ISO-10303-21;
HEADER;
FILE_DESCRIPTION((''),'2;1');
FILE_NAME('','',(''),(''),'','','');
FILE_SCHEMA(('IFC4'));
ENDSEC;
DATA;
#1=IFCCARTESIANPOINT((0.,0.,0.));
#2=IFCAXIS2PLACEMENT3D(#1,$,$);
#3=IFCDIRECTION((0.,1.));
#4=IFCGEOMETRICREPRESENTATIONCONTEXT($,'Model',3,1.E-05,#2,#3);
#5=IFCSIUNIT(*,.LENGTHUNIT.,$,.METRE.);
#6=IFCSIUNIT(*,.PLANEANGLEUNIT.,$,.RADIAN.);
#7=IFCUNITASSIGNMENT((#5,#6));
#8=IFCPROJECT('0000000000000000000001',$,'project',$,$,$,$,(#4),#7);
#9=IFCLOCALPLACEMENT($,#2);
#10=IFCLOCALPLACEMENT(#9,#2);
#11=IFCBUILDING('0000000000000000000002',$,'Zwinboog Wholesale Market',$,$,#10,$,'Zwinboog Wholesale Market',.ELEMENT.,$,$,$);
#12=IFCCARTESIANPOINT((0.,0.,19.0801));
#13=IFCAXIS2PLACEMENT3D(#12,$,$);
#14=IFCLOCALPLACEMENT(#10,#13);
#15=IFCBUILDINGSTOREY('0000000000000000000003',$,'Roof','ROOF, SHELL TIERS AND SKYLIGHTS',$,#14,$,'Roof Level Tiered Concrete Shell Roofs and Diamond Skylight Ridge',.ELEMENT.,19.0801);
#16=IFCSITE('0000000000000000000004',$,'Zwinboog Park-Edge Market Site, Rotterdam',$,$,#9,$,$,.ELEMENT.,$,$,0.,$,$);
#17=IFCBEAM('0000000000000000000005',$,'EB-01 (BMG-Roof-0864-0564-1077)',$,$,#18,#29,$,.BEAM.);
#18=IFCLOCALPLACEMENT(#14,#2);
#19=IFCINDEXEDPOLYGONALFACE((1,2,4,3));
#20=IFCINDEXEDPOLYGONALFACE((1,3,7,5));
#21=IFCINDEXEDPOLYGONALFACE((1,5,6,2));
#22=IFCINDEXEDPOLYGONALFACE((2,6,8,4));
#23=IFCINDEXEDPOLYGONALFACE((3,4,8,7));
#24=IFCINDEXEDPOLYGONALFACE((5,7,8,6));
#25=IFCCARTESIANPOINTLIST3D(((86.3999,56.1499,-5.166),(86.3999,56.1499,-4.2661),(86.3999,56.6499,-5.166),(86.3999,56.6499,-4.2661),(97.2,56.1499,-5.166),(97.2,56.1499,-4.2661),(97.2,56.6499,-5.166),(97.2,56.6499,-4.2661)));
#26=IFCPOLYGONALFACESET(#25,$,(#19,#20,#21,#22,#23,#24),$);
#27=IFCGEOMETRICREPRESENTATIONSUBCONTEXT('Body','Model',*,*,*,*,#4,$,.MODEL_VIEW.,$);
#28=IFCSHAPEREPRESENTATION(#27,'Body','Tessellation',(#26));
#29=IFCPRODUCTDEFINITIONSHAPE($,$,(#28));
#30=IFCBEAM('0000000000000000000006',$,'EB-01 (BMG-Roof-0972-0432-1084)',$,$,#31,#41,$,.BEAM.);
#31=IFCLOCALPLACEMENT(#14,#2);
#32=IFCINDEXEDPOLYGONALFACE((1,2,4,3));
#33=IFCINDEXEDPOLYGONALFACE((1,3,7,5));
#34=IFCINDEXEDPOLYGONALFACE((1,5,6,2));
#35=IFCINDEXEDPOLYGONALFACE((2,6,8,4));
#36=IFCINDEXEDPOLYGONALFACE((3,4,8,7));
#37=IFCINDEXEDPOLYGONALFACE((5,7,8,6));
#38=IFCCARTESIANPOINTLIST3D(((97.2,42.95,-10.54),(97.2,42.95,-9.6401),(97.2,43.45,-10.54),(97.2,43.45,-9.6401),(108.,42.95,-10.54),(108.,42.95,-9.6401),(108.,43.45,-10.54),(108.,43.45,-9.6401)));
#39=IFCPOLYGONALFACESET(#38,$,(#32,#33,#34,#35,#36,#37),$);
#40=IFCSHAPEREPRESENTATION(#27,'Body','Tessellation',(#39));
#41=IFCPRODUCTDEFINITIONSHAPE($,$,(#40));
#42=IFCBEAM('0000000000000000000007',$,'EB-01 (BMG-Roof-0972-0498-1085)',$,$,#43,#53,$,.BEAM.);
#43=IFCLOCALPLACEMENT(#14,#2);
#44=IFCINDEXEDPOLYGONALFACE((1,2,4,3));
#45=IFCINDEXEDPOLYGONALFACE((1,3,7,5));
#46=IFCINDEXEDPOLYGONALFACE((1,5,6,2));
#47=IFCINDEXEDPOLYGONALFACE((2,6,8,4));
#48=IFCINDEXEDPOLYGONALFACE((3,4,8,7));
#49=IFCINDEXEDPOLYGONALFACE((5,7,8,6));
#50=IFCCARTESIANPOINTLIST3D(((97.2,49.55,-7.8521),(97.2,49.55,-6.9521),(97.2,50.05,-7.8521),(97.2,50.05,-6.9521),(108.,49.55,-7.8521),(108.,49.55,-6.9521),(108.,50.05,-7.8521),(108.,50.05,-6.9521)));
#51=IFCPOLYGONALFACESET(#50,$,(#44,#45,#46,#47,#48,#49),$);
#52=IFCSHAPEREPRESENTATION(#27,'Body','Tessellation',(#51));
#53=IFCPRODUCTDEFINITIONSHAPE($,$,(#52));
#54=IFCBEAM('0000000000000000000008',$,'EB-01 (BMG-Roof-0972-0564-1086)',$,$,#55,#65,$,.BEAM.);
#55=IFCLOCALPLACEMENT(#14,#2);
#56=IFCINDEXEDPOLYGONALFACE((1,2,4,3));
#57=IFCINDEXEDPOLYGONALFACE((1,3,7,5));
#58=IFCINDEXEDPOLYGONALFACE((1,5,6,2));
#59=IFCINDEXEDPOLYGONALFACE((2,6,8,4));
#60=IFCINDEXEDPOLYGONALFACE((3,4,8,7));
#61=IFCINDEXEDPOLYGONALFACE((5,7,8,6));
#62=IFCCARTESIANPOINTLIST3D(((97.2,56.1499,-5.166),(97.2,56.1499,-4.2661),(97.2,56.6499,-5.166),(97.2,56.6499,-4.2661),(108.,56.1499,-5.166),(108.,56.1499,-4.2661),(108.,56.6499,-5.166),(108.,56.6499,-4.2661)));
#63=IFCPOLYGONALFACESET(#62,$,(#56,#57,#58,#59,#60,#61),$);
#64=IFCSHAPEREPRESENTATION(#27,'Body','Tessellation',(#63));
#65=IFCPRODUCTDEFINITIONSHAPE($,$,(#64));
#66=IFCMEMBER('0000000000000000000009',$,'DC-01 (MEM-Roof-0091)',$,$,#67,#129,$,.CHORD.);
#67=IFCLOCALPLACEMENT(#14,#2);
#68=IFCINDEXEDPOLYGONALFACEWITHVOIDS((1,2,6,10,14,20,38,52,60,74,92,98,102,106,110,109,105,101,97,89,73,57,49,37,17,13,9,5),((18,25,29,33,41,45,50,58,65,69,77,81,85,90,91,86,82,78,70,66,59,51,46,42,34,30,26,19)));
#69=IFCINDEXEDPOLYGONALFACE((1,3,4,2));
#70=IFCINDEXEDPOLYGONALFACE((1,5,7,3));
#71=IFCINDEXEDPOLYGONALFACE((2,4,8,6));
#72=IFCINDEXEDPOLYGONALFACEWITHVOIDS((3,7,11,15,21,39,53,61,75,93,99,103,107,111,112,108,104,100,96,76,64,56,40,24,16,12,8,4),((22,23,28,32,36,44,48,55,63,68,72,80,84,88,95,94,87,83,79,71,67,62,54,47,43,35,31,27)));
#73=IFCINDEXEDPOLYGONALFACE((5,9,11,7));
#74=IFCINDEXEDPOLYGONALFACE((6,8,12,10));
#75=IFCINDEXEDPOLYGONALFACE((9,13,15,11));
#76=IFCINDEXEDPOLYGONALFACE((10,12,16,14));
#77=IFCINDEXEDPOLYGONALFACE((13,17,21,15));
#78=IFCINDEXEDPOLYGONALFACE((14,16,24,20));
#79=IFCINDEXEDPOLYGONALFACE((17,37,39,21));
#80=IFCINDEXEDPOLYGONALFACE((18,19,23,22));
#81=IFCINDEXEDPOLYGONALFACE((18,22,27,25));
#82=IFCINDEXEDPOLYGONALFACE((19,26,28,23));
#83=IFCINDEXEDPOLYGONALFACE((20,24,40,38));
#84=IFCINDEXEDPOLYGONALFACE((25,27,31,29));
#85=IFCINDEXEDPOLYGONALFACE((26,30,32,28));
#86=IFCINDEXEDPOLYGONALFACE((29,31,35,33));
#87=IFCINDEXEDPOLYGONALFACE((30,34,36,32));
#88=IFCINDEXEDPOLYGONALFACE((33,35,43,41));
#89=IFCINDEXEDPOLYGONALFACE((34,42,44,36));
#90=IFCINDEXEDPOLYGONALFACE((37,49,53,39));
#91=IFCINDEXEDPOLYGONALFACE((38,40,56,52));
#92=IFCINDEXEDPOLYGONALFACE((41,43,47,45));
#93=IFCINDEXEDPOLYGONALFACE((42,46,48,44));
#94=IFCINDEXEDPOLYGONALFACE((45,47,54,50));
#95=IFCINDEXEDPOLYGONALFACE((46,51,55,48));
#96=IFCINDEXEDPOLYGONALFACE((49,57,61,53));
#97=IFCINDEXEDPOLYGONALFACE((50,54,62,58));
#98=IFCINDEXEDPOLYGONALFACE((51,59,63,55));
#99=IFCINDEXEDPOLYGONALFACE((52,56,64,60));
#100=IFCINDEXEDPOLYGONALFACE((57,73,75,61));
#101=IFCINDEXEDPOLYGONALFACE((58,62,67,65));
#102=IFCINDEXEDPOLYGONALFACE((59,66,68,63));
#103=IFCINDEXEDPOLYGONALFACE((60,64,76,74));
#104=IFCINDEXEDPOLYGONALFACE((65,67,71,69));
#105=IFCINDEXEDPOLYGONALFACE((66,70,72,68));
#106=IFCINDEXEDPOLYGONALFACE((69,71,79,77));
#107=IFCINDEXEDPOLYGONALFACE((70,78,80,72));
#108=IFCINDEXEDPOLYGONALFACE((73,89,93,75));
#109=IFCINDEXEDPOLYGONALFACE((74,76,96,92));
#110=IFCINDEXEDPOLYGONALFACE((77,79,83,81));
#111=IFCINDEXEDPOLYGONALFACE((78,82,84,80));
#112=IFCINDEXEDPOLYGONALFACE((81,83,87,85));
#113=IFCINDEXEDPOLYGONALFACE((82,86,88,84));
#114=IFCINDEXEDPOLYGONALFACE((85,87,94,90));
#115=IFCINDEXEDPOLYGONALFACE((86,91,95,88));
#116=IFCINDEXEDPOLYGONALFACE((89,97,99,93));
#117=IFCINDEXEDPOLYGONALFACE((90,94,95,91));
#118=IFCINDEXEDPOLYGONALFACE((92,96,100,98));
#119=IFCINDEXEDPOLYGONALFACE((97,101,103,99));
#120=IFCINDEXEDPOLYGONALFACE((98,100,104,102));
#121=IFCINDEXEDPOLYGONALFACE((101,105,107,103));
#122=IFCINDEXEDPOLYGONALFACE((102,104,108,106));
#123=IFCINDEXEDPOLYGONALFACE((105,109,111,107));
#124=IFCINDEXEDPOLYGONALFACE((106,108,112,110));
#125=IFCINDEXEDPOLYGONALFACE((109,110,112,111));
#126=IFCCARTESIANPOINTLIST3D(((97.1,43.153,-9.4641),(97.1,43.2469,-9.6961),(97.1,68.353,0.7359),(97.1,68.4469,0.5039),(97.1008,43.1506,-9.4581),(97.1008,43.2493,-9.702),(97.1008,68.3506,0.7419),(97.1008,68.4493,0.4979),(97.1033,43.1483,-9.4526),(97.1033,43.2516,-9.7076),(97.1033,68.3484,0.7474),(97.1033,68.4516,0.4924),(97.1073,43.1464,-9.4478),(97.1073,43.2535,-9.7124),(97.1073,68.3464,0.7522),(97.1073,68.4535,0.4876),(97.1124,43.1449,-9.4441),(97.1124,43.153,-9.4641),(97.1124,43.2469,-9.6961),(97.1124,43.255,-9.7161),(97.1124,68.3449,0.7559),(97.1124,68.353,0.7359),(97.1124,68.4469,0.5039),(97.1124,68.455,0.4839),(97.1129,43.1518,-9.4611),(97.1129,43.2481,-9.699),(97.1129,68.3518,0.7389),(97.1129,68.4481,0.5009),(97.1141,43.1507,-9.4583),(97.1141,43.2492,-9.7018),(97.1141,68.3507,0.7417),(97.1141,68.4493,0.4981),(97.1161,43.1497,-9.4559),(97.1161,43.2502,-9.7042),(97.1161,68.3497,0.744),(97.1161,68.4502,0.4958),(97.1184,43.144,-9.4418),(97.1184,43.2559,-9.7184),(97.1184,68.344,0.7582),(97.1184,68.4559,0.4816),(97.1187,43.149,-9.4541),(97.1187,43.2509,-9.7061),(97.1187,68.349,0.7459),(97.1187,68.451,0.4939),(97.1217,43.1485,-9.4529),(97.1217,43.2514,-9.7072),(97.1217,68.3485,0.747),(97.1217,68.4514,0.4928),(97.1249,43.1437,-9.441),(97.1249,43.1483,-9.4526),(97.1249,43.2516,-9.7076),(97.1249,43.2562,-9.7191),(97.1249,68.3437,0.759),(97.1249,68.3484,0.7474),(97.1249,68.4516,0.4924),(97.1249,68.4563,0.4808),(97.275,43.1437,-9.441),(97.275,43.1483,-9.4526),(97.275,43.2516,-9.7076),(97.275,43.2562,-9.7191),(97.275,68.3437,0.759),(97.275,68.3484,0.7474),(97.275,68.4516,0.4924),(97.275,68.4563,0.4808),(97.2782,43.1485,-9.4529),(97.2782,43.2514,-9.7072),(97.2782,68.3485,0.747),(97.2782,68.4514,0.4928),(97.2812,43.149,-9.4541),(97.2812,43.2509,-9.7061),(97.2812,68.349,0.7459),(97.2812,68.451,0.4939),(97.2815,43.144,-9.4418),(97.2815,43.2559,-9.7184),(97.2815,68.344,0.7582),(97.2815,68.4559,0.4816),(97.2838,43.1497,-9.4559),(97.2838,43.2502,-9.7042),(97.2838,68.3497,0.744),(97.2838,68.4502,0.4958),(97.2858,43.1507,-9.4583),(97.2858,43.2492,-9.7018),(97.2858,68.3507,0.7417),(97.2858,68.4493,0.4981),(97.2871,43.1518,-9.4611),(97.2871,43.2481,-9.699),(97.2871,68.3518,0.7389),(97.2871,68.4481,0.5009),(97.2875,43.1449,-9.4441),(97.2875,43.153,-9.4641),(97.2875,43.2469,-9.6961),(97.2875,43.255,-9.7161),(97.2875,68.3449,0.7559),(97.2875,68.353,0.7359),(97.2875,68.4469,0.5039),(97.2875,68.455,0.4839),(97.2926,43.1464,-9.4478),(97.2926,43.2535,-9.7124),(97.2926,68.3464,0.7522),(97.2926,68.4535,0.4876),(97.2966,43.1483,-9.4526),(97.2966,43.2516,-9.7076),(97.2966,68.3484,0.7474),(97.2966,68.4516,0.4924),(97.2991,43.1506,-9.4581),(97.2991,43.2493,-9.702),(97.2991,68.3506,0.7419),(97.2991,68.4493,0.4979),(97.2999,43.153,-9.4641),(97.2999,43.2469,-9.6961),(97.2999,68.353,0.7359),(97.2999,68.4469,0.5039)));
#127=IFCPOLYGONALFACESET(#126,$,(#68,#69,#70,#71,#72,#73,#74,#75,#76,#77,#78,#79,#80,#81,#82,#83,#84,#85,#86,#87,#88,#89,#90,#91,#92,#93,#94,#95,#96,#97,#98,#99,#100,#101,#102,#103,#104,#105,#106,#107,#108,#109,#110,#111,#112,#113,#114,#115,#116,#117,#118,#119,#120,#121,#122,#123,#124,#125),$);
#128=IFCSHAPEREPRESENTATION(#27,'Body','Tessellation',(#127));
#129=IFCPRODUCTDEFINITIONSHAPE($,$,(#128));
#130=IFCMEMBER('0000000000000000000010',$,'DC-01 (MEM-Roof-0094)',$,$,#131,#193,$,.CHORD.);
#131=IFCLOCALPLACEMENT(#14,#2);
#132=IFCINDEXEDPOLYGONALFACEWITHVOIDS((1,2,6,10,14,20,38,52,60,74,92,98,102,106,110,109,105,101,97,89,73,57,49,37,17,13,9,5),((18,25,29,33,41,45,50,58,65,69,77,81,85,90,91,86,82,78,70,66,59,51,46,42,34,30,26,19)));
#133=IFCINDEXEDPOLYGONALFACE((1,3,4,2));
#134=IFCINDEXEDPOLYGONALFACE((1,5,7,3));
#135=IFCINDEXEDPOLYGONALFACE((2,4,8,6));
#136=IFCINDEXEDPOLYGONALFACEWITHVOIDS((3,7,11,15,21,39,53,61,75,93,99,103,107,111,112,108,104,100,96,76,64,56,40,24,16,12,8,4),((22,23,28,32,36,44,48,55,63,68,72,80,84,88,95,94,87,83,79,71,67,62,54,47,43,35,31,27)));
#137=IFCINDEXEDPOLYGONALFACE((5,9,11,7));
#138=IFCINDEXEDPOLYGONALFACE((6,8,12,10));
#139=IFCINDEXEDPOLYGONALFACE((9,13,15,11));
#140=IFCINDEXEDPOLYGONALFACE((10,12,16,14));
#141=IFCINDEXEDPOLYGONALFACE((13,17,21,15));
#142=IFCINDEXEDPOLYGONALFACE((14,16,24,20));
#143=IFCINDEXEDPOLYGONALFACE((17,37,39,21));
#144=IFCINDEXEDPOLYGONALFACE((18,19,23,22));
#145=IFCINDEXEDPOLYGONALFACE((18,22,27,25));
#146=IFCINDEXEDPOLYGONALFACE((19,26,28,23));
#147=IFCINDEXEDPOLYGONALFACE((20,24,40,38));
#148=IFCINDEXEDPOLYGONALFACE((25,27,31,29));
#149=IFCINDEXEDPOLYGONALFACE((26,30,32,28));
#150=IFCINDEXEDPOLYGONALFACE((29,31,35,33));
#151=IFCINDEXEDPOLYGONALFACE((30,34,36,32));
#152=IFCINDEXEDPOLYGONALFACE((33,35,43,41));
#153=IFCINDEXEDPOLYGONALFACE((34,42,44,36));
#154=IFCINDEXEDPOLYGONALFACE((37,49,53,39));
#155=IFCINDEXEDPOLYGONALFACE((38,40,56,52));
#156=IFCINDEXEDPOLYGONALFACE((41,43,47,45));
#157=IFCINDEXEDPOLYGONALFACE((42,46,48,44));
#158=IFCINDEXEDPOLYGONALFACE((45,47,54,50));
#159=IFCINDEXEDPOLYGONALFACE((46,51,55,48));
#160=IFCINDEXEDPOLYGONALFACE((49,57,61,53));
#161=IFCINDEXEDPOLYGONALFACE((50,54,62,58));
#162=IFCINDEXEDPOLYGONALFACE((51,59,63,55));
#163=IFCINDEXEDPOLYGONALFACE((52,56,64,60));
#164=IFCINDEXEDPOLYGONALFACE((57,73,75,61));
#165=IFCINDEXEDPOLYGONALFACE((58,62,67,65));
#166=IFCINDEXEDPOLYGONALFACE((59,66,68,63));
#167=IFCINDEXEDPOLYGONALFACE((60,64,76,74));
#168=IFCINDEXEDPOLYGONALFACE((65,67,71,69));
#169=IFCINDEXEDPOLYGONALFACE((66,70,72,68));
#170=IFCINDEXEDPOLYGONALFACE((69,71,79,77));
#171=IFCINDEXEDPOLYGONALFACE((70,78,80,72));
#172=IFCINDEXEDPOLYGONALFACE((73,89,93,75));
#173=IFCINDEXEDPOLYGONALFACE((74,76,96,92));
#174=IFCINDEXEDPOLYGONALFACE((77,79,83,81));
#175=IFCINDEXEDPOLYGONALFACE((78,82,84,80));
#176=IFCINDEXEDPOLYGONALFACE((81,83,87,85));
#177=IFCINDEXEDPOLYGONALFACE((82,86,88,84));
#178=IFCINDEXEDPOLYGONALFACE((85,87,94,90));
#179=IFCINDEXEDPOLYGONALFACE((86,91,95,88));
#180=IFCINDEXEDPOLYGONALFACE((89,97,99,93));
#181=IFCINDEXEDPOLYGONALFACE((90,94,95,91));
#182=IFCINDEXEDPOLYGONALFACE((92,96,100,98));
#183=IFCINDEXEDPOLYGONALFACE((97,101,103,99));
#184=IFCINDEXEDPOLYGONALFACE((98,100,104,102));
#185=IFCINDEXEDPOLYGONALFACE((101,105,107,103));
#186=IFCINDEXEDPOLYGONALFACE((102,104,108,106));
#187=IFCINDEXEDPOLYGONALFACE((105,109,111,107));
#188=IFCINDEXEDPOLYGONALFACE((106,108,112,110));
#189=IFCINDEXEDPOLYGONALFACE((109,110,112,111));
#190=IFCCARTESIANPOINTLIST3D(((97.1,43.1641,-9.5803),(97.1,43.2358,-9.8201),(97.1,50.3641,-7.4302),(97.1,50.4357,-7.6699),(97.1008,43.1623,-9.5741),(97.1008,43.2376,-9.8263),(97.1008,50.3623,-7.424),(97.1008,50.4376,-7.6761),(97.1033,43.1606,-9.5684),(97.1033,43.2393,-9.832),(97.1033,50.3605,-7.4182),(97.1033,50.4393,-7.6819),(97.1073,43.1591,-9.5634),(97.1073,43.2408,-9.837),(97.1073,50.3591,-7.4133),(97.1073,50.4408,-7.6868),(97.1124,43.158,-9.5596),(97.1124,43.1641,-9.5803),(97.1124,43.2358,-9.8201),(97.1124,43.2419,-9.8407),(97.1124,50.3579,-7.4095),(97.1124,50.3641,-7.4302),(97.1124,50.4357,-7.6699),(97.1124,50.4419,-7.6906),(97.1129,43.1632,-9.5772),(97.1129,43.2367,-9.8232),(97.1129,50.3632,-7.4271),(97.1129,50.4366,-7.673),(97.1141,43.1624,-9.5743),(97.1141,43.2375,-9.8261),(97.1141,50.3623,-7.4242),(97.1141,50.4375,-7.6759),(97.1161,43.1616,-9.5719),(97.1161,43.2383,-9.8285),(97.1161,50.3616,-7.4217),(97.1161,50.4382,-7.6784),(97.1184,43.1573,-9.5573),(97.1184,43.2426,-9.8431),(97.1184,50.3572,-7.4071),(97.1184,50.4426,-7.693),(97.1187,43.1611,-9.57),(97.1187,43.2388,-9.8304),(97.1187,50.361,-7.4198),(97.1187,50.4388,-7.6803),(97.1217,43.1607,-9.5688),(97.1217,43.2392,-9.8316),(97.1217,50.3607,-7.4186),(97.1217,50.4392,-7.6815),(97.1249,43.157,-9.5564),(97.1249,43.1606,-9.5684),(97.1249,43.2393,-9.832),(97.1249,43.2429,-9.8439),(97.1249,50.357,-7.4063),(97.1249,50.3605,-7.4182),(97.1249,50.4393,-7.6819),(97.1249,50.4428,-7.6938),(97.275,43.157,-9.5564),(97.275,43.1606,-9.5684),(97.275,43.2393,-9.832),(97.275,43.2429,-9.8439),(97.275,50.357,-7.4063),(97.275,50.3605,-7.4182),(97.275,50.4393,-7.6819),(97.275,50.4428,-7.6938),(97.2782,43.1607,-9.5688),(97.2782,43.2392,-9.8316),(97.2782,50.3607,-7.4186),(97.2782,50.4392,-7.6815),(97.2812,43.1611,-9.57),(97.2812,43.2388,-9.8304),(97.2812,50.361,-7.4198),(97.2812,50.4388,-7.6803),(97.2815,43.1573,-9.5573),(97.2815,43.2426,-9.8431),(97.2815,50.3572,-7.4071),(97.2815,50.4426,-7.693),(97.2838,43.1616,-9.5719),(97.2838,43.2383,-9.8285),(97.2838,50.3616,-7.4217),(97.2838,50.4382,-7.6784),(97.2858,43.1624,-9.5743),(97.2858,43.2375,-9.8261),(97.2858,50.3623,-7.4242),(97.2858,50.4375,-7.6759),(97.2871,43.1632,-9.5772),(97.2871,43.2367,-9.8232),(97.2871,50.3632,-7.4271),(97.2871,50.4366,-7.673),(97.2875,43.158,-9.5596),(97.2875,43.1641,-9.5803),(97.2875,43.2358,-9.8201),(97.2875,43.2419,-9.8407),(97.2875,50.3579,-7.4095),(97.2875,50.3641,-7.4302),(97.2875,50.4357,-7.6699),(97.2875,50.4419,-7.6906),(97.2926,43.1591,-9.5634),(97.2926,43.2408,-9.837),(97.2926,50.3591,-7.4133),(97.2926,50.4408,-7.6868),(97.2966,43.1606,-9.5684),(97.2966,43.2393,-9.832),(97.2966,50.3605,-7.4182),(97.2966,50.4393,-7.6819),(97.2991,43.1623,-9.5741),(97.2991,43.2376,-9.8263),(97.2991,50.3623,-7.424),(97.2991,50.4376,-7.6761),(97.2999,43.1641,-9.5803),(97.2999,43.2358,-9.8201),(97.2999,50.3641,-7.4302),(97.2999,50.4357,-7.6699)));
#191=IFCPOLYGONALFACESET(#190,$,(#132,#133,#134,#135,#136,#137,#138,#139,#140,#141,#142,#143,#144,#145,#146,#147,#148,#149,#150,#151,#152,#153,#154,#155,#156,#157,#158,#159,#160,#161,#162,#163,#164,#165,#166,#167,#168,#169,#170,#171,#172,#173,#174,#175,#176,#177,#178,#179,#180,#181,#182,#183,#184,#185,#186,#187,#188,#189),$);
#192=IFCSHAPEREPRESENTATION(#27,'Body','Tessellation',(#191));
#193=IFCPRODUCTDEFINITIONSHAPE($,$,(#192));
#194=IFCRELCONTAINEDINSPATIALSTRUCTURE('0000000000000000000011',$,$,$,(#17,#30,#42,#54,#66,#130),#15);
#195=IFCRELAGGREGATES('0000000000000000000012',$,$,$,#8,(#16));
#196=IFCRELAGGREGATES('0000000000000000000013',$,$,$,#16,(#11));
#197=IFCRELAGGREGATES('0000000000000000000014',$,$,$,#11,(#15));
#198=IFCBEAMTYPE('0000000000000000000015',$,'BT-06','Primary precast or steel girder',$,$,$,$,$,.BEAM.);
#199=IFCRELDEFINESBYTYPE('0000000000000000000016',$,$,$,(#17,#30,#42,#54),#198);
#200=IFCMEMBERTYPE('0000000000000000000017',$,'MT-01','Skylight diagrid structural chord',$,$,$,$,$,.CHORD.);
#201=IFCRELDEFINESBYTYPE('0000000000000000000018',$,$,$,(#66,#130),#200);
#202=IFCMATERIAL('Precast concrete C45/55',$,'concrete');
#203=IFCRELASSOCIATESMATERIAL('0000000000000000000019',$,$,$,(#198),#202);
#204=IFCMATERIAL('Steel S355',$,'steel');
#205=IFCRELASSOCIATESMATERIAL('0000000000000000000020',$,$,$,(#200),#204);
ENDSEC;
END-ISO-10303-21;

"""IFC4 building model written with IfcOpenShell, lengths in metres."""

from ifc_helpers import new_model, si_unit, direction, frame, origin, origin_2d, place, context, subcontext, project, spatial, rectangle, hollow_rectangle, extrude, material, material_profile, profile_set, type_object, element, save


model = new_model("IFC4")

# Units and contexts
model_context = context("Model", 3, precision=1e-05, world=origin(), true_north=direction((0.0, 1.0)))
body_context = subcontext(model_context, "Body", "Model", "MODEL_VIEW")
ifc_project = project(units=[si_unit("LENGTHUNIT", "METRE"), si_unit("PLANEANGLEUNIT", "RADIAN")], contexts=[model_context])

# Site, building, storey
site_placement = place(None, origin())
site = spatial("IfcSite", under=ifc_project, at=site_placement, Name="Zwinboog Park-Edge Market Site, Rotterdam", CompositionType="ELEMENT", RefElevation=0.0)
building_placement = place(site_placement, origin())
building = spatial("IfcBuilding", under=site, at=building_placement, Name="Zwinboog Wholesale Market", LongName="Zwinboog Wholesale Market", CompositionType="ELEMENT")
storey_placement = place(building_placement, frame((0.0, 0.0, 19.0801)))
storey = spatial("IfcBuildingStorey", under=building, at=storey_placement, Name="Roof", Description="ROOF, SHELL TIERS AND SKYLIGHTS", LongName="Roof Level Tiered Concrete Shell Roofs and Diamond Skylight Ridge", CompositionType="ELEMENT", Elevation=19.0801)

# Beams
ifc_material_1 = material(Name="Precast concrete C45/55", Category="concrete")
ifc_material_profile_1 = material_profile(ifc_material_1, rectangle(XDim=0.5, YDim=0.8999, at=origin_2d()), Name="PC 500x900")
ifc_profile_set_1 = profile_set([ifc_material_profile_1], Name="Precast concrete C45/55")
beam_type = type_object("IfcBeamType", Name="BT-06", Description="Primary precast or steel girder", PredefinedType="BEAM", material=ifc_profile_set_1)
for number, where, z_axis, x_axis, name in (
    (1, (86.3999, 56.3999, -4.7161), (1.0, 0.0, 0.0), (0.0, 1.0, 0.0), "EB-01 (BMG-Roof-0864-0564-1077)"),
    (2, (97.2, 43.2, -10.0901), (1.0, 0.0, 0.0), (0.0, 1.0, 0.0), "EB-01 (BMG-Roof-0972-0432-1084)"),
    (3, (97.2, 49.8, -7.4021), (1.0, 0.0, 0.0), (0.0, 1.0, 0.0), "EB-01 (BMG-Roof-0972-0498-1085)"),
    (4, (97.2, 56.3999, -4.7161), (1.0, 0.0, 0.0), (0.0, 1.0, 0.0), "EB-01 (BMG-Roof-0972-0564-1086)"),
):
    element("IfcBeam", number, at=place(storey_placement, frame(where, z_axis=z_axis, x_axis=x_axis)), inside=storey, type_object=beam_type, Name=name, PredefinedType="BEAM", context=body_context, shape_type="SweptSolid", body=[
        extrude(rectangle(XDim=0.5, YDim=0.8999, at=origin_2d()), origin(), (0.0, 0.0, 1.0), 10.8),
    ])

# Members
ifc_material_2 = material(Name="Steel S355", Category="steel")
ifc_material_profile_2 = material_profile(ifc_material_2, hollow_rectangle(XDim=0.2, YDim=0.3, WallThickness=0.0125, InnerFilletRadius=0.0125, OuterFilletRadius=0.0249, at=origin_2d()), Name="RHS 300x200x12.5")
ifc_profile_set_2 = profile_set([ifc_material_profile_2], Name="Steel S355")
member_type_1 = type_object("IfcMemberType", Name="MT-01", Description="Skylight diagrid structural chord", PredefinedType="CHORD", material=ifc_profile_set_2)
member_1_placement = place(storey_placement, frame((97.2, 43.2, -9.5801), z_axis=(0.0, 0.926947, 0.375192), x_axis=(-1.0, 0.0, 0.0)))
element("IfcMember", 5, at=member_1_placement, inside=storey, type_object=member_type_1, Name="DC-01 (MEM-Roof-0091)", PredefinedType="CHORD", context=body_context, shape_type="SweptSolid", body=[
    extrude(hollow_rectangle(XDim=0.2, YDim=0.3, WallThickness=0.0125, InnerFilletRadius=0.0125, OuterFilletRadius=0.0249, at=origin_2d()), origin(), (0.0, 0.0, 1.0), 27.186),
])
for number, where, z_axis, x_axis, name in (
    (6, (97.2, 43.2, -9.7002), (0.0, 0.958186, 0.286146), (-1.0, 0.0, 0.0), "DC-01 (MEM-Roof-0094)"),
):
    element("IfcMember", number, at=place(storey_placement, frame(where, z_axis=z_axis, x_axis=x_axis)), inside=storey, type_object=member_type_1, Name=name, PredefinedType="CHORD", context=body_context, shape_type="SweptSolid", body=[
        extrude(hollow_rectangle(XDim=0.2, YDim=0.3, WallThickness=0.0125, InnerFilletRadius=0.0125, OuterFilletRadius=0.0249, at=origin_2d()), origin(), (0.0, 0.0, 1.0), 7.5142),
    ])

save(model, "model.ifc")
